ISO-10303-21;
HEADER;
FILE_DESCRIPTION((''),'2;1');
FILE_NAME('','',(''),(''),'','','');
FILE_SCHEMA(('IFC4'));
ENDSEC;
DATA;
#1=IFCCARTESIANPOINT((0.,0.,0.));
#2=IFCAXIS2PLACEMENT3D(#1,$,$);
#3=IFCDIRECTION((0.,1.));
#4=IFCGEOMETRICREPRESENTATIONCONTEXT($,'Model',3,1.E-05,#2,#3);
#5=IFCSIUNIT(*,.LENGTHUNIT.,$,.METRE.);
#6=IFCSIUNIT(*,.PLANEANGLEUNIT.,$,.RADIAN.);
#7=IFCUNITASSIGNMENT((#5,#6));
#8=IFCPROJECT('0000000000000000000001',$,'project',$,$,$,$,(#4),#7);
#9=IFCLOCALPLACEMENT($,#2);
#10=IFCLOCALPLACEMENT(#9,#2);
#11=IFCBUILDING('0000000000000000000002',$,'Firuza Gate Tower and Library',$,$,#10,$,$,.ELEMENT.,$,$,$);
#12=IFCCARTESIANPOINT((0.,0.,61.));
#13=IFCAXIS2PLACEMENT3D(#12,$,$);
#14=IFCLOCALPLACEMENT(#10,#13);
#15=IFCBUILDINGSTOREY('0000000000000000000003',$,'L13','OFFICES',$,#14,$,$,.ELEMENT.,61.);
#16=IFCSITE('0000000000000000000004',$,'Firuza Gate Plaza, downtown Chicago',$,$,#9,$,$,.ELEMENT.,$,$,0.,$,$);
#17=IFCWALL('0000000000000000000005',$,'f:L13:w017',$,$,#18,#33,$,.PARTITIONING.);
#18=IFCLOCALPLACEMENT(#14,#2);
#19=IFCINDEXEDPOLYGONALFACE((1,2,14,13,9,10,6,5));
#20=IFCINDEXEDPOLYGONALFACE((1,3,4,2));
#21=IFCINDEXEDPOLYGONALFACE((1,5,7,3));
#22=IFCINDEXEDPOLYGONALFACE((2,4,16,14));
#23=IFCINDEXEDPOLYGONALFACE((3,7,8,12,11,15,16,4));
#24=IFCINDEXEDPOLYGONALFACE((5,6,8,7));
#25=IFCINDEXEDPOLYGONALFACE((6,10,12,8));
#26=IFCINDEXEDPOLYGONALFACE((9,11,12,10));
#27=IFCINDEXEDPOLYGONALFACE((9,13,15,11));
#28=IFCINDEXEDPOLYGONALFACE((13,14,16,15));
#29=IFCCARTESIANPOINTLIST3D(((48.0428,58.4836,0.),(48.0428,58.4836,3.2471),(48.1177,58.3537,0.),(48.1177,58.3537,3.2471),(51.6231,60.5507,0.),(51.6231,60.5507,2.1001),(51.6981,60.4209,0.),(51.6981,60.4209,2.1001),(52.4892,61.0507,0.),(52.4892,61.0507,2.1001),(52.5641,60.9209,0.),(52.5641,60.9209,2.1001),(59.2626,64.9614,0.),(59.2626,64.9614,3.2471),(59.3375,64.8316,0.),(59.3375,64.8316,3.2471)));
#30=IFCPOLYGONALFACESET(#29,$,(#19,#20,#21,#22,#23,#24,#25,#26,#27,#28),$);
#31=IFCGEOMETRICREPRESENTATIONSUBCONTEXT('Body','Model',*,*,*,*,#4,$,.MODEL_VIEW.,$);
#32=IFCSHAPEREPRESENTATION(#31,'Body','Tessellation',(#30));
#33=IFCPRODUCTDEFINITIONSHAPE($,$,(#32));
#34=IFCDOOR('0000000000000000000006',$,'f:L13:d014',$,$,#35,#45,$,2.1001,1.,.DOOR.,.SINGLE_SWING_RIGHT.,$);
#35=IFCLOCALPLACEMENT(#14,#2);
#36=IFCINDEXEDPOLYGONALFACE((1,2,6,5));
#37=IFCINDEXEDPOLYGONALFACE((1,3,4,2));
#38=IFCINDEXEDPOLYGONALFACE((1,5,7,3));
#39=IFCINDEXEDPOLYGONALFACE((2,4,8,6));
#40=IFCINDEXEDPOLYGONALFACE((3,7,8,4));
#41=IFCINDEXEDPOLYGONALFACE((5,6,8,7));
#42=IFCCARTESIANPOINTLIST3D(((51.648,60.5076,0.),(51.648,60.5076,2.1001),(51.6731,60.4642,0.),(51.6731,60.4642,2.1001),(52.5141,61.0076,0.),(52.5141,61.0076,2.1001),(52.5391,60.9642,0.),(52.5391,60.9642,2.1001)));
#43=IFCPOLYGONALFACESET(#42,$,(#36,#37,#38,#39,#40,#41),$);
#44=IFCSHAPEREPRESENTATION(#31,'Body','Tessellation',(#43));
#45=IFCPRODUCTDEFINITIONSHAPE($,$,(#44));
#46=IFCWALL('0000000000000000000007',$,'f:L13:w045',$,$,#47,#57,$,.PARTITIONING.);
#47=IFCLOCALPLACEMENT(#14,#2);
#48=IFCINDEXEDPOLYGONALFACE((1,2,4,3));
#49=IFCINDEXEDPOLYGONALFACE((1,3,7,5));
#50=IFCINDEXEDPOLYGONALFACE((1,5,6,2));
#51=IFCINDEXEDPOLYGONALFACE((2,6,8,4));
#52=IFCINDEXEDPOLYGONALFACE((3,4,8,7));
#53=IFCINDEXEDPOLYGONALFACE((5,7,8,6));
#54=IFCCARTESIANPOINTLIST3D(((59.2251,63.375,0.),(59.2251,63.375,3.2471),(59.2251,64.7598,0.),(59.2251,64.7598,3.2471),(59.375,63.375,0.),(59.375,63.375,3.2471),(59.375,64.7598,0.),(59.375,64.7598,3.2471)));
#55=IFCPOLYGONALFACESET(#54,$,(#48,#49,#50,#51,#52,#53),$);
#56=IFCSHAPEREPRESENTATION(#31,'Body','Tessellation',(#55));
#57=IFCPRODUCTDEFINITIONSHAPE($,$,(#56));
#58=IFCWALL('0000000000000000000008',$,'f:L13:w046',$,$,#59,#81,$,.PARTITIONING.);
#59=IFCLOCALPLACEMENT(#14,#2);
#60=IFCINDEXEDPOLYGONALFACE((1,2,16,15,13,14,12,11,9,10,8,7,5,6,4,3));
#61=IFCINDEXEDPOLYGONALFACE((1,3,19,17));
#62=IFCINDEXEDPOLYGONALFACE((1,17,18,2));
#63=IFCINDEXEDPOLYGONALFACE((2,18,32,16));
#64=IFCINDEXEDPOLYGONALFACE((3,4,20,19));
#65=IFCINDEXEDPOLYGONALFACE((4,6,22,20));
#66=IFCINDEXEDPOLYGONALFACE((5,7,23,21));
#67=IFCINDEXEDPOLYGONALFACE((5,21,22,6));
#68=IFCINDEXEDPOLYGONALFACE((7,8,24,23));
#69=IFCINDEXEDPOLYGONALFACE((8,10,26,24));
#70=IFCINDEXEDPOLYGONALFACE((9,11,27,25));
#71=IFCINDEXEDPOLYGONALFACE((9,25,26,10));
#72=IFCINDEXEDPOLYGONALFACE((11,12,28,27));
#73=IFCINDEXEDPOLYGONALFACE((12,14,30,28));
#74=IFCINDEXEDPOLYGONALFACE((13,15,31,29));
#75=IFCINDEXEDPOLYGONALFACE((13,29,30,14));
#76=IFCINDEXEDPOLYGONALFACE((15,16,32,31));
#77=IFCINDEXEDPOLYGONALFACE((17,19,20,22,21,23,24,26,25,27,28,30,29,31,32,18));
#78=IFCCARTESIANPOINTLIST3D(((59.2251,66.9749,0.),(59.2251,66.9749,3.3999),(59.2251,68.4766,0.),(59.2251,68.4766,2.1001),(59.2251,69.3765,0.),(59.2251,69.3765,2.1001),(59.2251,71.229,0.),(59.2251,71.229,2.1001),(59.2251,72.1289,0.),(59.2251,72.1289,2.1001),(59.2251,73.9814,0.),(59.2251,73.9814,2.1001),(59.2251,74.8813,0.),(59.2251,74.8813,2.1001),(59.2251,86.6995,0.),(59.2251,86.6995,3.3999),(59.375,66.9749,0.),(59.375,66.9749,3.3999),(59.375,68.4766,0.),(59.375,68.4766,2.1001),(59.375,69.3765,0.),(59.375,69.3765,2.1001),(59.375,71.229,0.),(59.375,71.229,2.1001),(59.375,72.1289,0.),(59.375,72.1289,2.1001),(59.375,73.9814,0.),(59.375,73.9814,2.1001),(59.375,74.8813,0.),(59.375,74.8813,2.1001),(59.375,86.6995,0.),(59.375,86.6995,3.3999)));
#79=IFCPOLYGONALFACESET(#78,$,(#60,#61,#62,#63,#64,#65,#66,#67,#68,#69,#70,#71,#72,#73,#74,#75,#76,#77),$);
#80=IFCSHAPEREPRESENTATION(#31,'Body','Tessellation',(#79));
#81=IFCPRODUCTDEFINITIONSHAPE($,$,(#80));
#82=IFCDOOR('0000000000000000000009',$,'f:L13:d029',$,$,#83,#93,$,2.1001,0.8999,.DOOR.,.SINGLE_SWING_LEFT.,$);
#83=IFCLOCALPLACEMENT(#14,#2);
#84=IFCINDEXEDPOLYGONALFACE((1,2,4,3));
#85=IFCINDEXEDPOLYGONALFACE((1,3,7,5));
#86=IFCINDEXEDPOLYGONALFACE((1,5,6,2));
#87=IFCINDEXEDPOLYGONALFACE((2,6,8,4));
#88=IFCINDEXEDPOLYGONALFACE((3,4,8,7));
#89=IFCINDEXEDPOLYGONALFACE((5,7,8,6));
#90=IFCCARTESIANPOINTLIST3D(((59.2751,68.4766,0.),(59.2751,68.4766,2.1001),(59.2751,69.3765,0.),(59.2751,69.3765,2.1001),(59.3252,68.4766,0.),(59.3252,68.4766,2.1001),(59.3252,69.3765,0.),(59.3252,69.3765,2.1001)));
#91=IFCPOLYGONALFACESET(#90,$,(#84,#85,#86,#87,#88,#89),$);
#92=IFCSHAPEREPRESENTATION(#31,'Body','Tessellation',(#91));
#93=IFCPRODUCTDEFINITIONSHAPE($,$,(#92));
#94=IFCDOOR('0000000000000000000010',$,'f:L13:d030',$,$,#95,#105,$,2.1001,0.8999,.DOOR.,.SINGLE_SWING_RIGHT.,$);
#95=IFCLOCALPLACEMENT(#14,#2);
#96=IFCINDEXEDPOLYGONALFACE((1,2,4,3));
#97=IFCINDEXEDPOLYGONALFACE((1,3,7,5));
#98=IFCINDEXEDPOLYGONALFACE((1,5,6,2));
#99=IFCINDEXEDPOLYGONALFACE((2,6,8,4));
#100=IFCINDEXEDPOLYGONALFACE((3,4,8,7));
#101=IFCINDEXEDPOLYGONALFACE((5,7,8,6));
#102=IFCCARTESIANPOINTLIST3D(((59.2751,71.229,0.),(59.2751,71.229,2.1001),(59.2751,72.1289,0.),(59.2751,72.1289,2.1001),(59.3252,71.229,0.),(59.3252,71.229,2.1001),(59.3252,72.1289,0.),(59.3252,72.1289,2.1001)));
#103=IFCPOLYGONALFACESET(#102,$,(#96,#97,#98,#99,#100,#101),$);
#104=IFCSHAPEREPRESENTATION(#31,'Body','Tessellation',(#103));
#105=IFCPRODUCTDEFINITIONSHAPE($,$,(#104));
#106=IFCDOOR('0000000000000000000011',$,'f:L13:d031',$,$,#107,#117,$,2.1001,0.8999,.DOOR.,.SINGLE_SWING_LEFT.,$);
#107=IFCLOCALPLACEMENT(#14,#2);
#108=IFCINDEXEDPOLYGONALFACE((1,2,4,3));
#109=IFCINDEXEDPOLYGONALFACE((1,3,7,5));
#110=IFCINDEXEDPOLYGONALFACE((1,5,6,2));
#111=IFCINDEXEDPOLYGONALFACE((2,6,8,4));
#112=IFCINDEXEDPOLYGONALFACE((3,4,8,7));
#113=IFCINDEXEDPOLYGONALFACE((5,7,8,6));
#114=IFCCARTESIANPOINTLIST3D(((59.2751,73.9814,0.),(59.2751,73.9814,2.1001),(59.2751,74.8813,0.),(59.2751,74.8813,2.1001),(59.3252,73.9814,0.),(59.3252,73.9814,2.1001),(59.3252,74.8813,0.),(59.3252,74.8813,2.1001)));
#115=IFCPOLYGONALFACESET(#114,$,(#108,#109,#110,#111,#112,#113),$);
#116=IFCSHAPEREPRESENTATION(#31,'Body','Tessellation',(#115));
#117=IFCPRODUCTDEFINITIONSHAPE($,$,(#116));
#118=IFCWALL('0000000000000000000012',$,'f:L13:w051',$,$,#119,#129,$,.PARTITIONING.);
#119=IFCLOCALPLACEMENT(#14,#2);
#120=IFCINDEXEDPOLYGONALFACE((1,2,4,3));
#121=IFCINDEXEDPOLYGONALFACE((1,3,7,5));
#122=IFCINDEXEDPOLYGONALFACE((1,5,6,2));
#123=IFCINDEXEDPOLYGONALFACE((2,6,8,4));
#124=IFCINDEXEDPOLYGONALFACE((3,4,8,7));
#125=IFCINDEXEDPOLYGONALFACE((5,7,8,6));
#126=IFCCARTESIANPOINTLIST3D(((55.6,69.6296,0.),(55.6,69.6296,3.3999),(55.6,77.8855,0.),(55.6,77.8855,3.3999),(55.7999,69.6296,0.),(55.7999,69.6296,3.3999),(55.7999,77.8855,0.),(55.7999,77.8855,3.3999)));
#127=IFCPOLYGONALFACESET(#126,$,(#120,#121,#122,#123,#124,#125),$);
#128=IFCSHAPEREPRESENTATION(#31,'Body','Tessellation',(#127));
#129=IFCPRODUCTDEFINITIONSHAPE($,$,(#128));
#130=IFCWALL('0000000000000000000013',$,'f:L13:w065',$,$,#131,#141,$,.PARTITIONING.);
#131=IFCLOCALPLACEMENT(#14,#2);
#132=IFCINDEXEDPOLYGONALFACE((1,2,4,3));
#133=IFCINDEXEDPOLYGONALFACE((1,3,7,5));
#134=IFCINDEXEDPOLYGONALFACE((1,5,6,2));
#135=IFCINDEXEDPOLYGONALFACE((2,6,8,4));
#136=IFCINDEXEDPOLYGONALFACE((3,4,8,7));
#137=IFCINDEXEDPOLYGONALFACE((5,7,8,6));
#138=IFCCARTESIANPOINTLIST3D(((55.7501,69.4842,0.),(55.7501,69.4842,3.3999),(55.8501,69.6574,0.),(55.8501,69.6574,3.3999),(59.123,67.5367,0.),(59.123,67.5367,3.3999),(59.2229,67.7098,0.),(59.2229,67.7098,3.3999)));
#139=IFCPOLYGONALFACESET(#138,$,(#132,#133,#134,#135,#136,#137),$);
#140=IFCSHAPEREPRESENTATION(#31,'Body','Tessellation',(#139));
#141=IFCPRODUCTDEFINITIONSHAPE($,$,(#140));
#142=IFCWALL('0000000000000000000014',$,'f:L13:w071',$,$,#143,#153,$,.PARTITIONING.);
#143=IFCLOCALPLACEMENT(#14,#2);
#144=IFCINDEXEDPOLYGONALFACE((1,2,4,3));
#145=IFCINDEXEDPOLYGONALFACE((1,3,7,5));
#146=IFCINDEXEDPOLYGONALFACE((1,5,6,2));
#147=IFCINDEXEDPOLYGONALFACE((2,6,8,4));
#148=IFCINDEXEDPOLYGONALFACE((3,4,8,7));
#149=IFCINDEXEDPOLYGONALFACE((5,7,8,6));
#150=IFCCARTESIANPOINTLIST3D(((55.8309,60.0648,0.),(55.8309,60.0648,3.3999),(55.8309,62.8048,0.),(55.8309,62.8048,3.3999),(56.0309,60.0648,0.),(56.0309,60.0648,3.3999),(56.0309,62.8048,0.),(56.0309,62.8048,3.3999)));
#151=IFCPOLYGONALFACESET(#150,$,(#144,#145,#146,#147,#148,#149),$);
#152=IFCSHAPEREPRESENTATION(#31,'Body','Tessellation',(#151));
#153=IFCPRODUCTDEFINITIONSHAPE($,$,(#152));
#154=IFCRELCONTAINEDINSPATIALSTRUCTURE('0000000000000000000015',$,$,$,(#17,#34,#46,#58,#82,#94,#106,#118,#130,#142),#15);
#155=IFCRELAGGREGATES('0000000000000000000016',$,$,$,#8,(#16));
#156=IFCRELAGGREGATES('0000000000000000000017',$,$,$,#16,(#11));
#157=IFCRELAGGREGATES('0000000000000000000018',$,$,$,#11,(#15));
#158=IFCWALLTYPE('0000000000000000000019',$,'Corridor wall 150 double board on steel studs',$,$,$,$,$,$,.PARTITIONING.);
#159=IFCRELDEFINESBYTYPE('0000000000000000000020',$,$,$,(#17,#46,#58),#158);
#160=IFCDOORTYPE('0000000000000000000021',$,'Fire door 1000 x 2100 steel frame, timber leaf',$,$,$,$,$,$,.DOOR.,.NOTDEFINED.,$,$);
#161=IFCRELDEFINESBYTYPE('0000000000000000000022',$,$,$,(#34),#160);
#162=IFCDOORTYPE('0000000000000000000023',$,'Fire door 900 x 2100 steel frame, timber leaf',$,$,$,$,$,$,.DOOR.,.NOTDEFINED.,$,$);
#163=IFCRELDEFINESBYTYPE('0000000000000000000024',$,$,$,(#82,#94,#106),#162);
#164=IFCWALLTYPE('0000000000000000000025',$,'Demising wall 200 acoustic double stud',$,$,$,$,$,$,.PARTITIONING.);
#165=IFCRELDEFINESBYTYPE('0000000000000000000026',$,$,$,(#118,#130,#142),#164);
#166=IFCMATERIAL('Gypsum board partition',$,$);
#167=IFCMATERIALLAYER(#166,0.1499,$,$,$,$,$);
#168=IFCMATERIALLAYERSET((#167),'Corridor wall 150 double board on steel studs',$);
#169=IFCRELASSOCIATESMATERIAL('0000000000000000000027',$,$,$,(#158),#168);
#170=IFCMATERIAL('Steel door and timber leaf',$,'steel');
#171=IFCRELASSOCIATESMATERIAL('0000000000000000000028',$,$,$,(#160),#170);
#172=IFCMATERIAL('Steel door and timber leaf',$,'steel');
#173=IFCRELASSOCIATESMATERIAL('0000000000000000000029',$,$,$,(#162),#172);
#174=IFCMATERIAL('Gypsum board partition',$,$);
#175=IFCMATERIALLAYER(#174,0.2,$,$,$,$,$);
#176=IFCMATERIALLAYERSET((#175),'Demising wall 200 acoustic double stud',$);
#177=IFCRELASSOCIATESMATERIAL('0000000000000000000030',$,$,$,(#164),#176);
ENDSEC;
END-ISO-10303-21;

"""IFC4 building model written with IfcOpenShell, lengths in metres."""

from ifc_helpers import new_model, si_unit, direction, frame, frame_2d, origin, place, context, subcontext, project, spatial, rectangle, extrude, material, layer, layer_set, type_object, element, fill, save


model = new_model("IFC4")

# Units and contexts
model_context = context("Model", 3, precision=1e-05, world=origin(), true_north=direction((0.0, 1.0)))
body_context = subcontext(model_context, "Body", "Model", "MODEL_VIEW")
ifc_project = project(units=[si_unit("LENGTHUNIT", "METRE"), si_unit("PLANEANGLEUNIT", "RADIAN")], contexts=[model_context])

# Site, building, storey
site_placement = place(None, origin())
site = spatial("IfcSite", under=ifc_project, at=site_placement, Name="Firuza Gate Plaza, downtown Chicago", CompositionType="ELEMENT", RefElevation=0.0)
building_placement = place(site_placement, origin())
building = spatial("IfcBuilding", under=site, at=building_placement, Name="Firuza Gate Tower and Library", CompositionType="ELEMENT")
storey_placement = place(building_placement, frame((0.0, 0.0, 61.0)))
storey = spatial("IfcBuildingStorey", under=building, at=storey_placement, Name="L13", Description="OFFICES", CompositionType="ELEMENT", Elevation=61.0)

# Wall, opening, door
ifc_material_1 = material(Name="Gypsum board partition")
ifc_layer_1 = layer(ifc_material_1, 0.1499)
ifc_layer_set_1 = layer_set([ifc_layer_1], Name="Corridor wall 150 double board on steel studs")
wall_type_1 = type_object("IfcWallType", Name="Corridor wall 150 double board on steel studs", PredefinedType="PARTITIONING", material=ifc_layer_set_1)
wall_1_placement = place(storey_placement, frame((59.3, 64.8965, 0.0), z_axis=(0.0, 0.0, 1.0), x_axis=(-0.866023, -0.500004, 0.0)))
wall_1 = element("IfcWall", 1, at=wall_1_placement, inside=storey, type_object=wall_type_1, Name="f:L13:w017", PredefinedType="PARTITIONING", context=body_context, shape_type="SweptSolid", body=[
    extrude(rectangle(XDim=12.9556, YDim=0.1499, at=frame_2d((6.4778, 0.0))), origin(), (0.0, 0.0, 1.0), 3.2471),
])
opening_1_placement = place(wall_1_placement, frame((7.8213, 0.0, 0.0)))
opening_1 = element("IfcOpeningElement", 2, at=opening_1_placement, cuts=wall_1, PredefinedType="OPENING", context=body_context, shape_type="SweptSolid", body=[
    extrude(rectangle(XDim=1.0, YDim=2.1001, at=frame_2d((0.5, 1.05))), frame((0.0, 0.085, 0.0), z_axis=(0.0, -1.0, 0.0), x_axis=(1.0, 0.0, 0.0)), (0.0, 0.0, 1.0), 0.1699),
])
ifc_material_2 = material(Name="Steel door and timber leaf", Category="steel")
door_type_1 = type_object("IfcDoorType", Name="Fire door 1000 x 2100 steel frame, timber leaf", OperationType="NOTDEFINED", PredefinedType="DOOR", material=ifc_material_2)
door_1_placement = place(opening_1_placement, origin())
door_1 = element("IfcDoor", 3, at=door_1_placement, inside=storey, type_object=door_type_1, Name="f:L13:d014", OperationType="SINGLE_SWING_RIGHT", OverallHeight=2.1001, OverallWidth=1.0, PredefinedType="DOOR", context=body_context, shape_type="SweptSolid", body=[
    extrude(rectangle(XDim=1.0, YDim=2.1001, at=frame_2d((0.5, 1.05))), frame((0.0, 0.0249, 0.0), z_axis=(0.0, -1.0, 0.0), x_axis=(1.0, 0.0, 0.0)), (0.0, 0.0, 1.0), 0.05),
])
fill(opening_1, door_1)

# Wall
wall_2_placement = place(storey_placement, frame((59.3, 63.375, 0.0), z_axis=(0.0, 0.0, 1.0), x_axis=(0.0, 1.0, 0.0)))
element("IfcWall", 4, at=wall_2_placement, inside=storey, type_object=wall_type_1, Name="f:L13:w045", PredefinedType="PARTITIONING", context=body_context, shape_type="SweptSolid", body=[
    extrude(rectangle(XDim=1.3848, YDim=0.1499, at=frame_2d((0.6924, 0.0))), origin(), (0.0, 0.0, 1.0), 3.2471),
])

# Wall, openings, doors
wall_3_placement = place(storey_placement, frame((59.3, 66.9749, 0.0), z_axis=(0.0, 0.0, 1.0), x_axis=(0.0, 1.0, 0.0)))
wall_3 = element("IfcWall", 5, at=wall_3_placement, inside=storey, type_object=wall_type_1, Name="f:L13:w046", PredefinedType="PARTITIONING", context=body_context, shape_type="SweptSolid", body=[
    extrude(rectangle(XDim=19.7246, YDim=0.1499, at=frame_2d((9.8623, 0.0))), origin(), (0.0, 0.0, 1.0), 3.3999),
])
opening_2_placement = place(wall_3_placement, frame((1.5017, 0.0, 0.0)))
opening_2 = element("IfcOpeningElement", 6, at=opening_2_placement, cuts=wall_3, PredefinedType="OPENING", context=body_context, shape_type="SweptSolid", body=[
    extrude(rectangle(XDim=0.8999, YDim=2.1001, at=frame_2d((0.45, 1.05))), frame((0.0, 0.085, 0.0), z_axis=(0.0, -1.0, 0.0), x_axis=(1.0, 0.0, 0.0)), (0.0, 0.0, 1.0), 0.1699),
])
opening_3_placement = place(wall_3_placement, frame((4.2542, 0.0, 0.0)))
opening_3 = element("IfcOpeningElement", 7, at=opening_3_placement, cuts=wall_3, PredefinedType="OPENING", context=body_context, shape_type="SweptSolid", body=[
    extrude(rectangle(XDim=0.8999, YDim=2.1001, at=frame_2d((0.45, 1.05))), frame((0.0, 0.085, 0.0), z_axis=(0.0, -1.0, 0.0), x_axis=(1.0, 0.0, 0.0)), (0.0, 0.0, 1.0), 0.1699),
])
opening_4_placement = place(wall_3_placement, frame((7.0066, 0.0, 0.0)))
opening_4 = element("IfcOpeningElement", 8, at=opening_4_placement, cuts=wall_3, PredefinedType="OPENING", context=body_context, shape_type="SweptSolid", body=[
    extrude(rectangle(XDim=0.8999, YDim=2.1001, at=frame_2d((0.45, 1.05))), frame((0.0, 0.085, 0.0), z_axis=(0.0, -1.0, 0.0), x_axis=(1.0, 0.0, 0.0)), (0.0, 0.0, 1.0), 0.1699),
])
ifc_material_3 = material(Name="Steel door and timber leaf", Category="steel")
door_type_2 = type_object("IfcDoorType", Name="Fire door 900 x 2100 steel frame, timber leaf", OperationType="NOTDEFINED", PredefinedType="DOOR", material=ifc_material_3)
door_2_placement = place(opening_2_placement, origin())
door_2 = element("IfcDoor", 9, at=door_2_placement, inside=storey, type_object=door_type_2, Name="f:L13:d029", OperationType="SINGLE_SWING_LEFT", OverallHeight=2.1001, OverallWidth=0.8999, PredefinedType="DOOR", context=body_context, shape_type="SweptSolid", body=[
    extrude(rectangle(XDim=0.8999, YDim=2.1001, at=frame_2d((0.45, 1.05))), frame((0.0, 0.0249, 0.0), z_axis=(0.0, -1.0, 0.0), x_axis=(1.0, 0.0, 0.0)), (0.0, 0.0, 1.0), 0.05),
])
fill(opening_2, door_2)
door_3_placement = place(opening_3_placement, origin())
door_3 = element("IfcDoor", 10, at=door_3_placement, inside=storey, type_object=door_type_2, Name="f:L13:d030", OperationType="SINGLE_SWING_RIGHT", OverallHeight=2.1001, OverallWidth=0.8999, PredefinedType="DOOR", context=body_context, shape_type="SweptSolid", body=[
    extrude(rectangle(XDim=0.8999, YDim=2.1001, at=frame_2d((0.45, 1.05))), frame((0.0, 0.0249, 0.0), z_axis=(0.0, -1.0, 0.0), x_axis=(1.0, 0.0, 0.0)), (0.0, 0.0, 1.0), 0.05),
])
fill(opening_3, door_3)
door_4_placement = place(opening_4_placement, origin())
door_4 = element("IfcDoor", 11, at=door_4_placement, inside=storey, type_object=door_type_2, Name="f:L13:d031", OperationType="SINGLE_SWING_LEFT", OverallHeight=2.1001, OverallWidth=0.8999, PredefinedType="DOOR", context=body_context, shape_type="SweptSolid", body=[
    extrude(rectangle(XDim=0.8999, YDim=2.1001, at=frame_2d((0.45, 1.05))), frame((0.0, 0.0249, 0.0), z_axis=(0.0, -1.0, 0.0), x_axis=(1.0, 0.0, 0.0)), (0.0, 0.0, 1.0), 0.05),
])
fill(opening_4, door_4)

# Walls
ifc_material_4 = material(Name="Gypsum board partition")
ifc_layer_2 = layer(ifc_material_4, 0.2)
ifc_layer_set_2 = layer_set([ifc_layer_2], Name="Demising wall 200 acoustic double stud")
wall_type_2 = type_object("IfcWallType", Name="Demising wall 200 acoustic double stud", PredefinedType="PARTITIONING", material=ifc_layer_set_2)
wall_4_placement = place(storey_placement, frame((55.7, 69.6296, 0.0), z_axis=(0.0, 0.0, 1.0), x_axis=(0.0, 1.0, 0.0)))
element("IfcWall", 12, at=wall_4_placement, inside=storey, type_object=wall_type_2, Name="f:L13:w051", PredefinedType="PARTITIONING", context=body_context, shape_type="SweptSolid", body=[
    extrude(rectangle(XDim=8.2559, YDim=0.2, at=frame_2d((4.1279, 0.0))), origin(), (0.0, 0.0, 1.0), 3.3999),
])
wall_5_placement = place(storey_placement, frame((59.1729, 67.6233, 0.0), z_axis=(0.0, 0.0, 1.0), x_axis=(-0.866001, 0.500043, 0.0)))
element("IfcWall", 13, at=wall_5_placement, inside=storey, type_object=wall_type_2, Name="f:L13:w065", PredefinedType="PARTITIONING", context=body_context, shape_type="SweptSolid", body=[
    extrude(rectangle(XDim=3.8948, YDim=0.2, at=frame_2d((1.9473, 0.0))), origin(), (0.0, 0.0, 1.0), 3.3999),
])
wall_6_placement = place(storey_placement, frame((55.9309, 60.0647, 0.0), z_axis=(0.0, 0.0, 1.0), x_axis=(0.0, 1.0, 0.0)))
element("IfcWall", 14, at=wall_6_placement, inside=storey, type_object=wall_type_2, Name="f:L13:w071", PredefinedType="PARTITIONING", context=body_context, shape_type="SweptSolid", body=[
    extrude(rectangle(XDim=2.74, YDim=0.2, at=frame_2d((1.3701, 0.0))), origin(), (0.0, 0.0, 1.0), 3.3999),
])

save(model, "model.ifc")
